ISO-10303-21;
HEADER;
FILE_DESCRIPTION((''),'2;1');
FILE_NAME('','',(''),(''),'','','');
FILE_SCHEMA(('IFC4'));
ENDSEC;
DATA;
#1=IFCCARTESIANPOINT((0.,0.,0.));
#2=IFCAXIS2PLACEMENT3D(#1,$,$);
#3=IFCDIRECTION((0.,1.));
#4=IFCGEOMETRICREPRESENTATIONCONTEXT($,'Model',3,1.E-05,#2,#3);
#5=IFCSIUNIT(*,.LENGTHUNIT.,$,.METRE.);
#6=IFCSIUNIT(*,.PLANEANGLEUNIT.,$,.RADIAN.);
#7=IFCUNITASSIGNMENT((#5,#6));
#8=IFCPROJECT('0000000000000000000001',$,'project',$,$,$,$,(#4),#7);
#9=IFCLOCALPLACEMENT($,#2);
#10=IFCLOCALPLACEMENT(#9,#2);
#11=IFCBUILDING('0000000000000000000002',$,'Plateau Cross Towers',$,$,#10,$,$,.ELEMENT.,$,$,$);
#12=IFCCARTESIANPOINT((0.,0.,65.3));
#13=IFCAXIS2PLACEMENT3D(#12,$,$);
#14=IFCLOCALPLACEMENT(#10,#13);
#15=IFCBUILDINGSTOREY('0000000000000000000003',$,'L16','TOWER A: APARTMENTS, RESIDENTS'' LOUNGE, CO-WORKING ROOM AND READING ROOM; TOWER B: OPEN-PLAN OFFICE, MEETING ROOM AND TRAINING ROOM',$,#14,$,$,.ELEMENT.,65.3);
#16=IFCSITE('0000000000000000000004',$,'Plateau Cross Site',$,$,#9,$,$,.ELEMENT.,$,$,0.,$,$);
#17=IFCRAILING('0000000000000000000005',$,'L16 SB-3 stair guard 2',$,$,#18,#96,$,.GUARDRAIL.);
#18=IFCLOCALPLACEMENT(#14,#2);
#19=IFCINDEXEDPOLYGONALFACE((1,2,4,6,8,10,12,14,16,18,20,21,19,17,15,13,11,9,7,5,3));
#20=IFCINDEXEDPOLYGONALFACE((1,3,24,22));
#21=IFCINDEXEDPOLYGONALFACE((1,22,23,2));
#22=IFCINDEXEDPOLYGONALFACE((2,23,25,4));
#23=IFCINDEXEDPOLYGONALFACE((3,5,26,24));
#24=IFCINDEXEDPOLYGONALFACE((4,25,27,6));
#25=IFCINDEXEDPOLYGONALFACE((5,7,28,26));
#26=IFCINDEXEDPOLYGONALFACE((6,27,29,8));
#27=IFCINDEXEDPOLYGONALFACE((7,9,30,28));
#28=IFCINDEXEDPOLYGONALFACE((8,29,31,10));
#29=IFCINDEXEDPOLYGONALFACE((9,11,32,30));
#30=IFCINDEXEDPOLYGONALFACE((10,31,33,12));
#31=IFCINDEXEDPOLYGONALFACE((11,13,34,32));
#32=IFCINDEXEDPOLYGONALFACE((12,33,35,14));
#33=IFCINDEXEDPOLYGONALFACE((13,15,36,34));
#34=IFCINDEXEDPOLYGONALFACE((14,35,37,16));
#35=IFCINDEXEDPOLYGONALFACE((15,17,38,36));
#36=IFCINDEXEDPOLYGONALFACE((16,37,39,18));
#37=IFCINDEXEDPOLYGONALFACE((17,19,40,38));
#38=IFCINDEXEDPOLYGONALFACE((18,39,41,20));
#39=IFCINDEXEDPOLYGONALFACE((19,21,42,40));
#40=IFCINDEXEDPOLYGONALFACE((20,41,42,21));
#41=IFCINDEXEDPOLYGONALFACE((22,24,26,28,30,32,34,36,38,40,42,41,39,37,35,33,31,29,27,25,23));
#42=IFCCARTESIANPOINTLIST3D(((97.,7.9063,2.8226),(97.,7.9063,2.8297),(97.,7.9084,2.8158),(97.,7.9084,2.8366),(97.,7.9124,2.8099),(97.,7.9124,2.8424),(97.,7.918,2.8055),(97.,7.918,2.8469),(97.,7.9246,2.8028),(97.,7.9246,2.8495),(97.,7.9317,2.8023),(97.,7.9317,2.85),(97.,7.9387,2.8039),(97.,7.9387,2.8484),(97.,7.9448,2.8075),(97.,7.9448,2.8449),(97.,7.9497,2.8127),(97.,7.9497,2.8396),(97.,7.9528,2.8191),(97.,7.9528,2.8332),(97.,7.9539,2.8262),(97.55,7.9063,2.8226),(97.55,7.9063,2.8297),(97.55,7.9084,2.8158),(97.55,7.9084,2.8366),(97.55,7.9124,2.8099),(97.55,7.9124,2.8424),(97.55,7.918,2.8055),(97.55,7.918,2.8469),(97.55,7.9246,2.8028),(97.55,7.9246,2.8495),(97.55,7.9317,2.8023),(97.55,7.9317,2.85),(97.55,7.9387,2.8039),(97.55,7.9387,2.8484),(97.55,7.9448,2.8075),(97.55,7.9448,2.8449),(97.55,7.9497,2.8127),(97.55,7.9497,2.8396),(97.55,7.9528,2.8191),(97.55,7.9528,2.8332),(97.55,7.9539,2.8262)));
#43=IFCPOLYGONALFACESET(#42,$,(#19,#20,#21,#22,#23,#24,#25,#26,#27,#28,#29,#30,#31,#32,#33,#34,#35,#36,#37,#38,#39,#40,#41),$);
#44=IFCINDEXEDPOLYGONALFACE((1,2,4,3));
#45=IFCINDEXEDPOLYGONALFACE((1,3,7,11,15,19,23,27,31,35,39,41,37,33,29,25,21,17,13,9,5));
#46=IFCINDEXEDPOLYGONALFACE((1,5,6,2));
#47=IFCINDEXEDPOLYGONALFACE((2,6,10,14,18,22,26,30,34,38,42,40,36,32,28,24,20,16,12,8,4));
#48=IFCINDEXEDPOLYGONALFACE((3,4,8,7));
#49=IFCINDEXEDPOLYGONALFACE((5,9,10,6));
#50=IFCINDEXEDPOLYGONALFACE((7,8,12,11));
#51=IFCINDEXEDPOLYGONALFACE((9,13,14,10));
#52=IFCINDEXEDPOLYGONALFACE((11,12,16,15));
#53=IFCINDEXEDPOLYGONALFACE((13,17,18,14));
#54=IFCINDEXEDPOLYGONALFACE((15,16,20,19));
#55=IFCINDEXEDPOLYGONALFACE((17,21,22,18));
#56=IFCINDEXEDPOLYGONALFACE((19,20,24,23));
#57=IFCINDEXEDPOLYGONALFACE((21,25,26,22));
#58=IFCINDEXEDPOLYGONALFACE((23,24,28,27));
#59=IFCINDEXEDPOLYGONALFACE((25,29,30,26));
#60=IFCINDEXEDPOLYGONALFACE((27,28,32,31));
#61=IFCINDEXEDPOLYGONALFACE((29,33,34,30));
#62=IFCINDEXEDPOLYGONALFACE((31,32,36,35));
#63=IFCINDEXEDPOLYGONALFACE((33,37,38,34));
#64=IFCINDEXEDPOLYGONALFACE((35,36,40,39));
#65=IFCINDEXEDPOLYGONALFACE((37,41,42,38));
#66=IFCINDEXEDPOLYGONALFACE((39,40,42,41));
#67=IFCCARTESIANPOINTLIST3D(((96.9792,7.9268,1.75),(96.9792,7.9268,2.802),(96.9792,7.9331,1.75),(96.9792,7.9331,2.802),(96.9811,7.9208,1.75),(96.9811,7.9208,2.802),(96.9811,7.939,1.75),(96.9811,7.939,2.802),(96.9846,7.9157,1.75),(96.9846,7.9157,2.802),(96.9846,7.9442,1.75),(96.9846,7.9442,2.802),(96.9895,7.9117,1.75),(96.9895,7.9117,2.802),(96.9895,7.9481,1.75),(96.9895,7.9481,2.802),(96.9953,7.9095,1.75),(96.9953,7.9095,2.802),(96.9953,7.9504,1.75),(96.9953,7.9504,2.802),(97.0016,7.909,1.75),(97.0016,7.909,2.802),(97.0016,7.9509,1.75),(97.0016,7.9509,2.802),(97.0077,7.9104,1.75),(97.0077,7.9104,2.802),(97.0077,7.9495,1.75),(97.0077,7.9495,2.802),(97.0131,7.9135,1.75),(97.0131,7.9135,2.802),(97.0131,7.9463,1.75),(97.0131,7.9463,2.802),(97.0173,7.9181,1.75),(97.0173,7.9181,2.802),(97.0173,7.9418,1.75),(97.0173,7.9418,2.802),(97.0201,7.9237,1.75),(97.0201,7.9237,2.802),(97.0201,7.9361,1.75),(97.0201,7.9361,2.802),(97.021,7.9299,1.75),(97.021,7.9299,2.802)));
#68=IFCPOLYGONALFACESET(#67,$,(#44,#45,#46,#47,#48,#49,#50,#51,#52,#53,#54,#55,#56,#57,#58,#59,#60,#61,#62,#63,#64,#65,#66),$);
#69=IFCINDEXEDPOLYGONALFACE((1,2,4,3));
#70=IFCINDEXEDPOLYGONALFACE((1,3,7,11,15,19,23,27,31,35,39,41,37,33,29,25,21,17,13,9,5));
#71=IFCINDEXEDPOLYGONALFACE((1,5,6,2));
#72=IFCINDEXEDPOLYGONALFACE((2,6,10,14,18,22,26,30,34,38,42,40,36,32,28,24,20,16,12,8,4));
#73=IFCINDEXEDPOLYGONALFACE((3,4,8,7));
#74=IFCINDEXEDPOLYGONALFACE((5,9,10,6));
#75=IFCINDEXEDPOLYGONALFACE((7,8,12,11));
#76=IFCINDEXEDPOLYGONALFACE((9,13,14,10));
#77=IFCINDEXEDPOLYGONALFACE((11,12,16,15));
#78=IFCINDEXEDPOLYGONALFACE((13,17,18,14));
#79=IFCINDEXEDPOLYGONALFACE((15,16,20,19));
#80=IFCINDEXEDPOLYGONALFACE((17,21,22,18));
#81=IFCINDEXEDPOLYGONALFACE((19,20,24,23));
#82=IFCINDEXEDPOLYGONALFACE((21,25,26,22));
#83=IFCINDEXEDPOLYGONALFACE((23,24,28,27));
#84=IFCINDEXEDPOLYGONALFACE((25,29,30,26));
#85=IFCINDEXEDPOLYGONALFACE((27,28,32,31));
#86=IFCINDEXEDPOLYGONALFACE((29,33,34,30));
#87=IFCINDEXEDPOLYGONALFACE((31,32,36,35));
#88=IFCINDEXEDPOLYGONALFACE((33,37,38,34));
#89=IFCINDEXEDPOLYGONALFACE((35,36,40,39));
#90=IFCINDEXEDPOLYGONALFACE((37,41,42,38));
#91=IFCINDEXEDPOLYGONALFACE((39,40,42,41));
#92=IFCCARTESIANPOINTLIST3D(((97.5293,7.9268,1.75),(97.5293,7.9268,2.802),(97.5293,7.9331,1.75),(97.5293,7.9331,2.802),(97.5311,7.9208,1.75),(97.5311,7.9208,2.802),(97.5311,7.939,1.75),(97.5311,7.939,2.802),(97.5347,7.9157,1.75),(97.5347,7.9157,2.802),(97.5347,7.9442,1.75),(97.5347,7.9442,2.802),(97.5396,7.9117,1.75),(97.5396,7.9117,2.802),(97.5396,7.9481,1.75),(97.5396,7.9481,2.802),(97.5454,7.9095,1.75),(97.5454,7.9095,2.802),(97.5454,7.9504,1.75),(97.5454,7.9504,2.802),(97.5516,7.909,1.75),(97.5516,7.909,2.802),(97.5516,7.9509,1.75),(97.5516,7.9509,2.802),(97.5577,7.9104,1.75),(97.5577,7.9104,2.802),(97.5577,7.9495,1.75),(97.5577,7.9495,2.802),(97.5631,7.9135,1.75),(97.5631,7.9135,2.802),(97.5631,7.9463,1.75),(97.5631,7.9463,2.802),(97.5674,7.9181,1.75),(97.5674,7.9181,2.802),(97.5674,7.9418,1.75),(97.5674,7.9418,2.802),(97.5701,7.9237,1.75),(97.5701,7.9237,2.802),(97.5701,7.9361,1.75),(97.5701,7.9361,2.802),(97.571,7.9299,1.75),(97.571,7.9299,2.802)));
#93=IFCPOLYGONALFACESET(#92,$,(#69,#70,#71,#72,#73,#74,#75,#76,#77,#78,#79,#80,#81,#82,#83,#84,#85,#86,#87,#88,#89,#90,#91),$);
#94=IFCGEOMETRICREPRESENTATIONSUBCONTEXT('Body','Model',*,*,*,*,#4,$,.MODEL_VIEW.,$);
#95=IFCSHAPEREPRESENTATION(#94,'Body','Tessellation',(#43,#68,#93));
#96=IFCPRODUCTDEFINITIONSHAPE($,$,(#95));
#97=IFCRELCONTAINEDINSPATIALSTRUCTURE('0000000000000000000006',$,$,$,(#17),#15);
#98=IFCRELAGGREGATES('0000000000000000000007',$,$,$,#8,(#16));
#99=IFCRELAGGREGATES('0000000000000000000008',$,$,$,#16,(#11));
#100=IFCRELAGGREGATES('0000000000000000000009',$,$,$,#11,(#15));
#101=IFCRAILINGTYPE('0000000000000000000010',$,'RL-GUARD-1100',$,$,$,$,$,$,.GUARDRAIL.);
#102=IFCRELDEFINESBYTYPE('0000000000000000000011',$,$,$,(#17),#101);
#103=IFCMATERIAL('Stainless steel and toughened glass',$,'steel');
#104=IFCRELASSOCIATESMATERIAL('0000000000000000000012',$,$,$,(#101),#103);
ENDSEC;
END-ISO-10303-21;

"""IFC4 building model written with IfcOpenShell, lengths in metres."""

from ifc_helpers import new_model, si_unit, direction, frame, origin, origin_2d, place, context, subcontext, project, spatial, circle, extrude, material, type_object, element, save


model = new_model("IFC4")

# Units and contexts
model_context = context("Model", 3, precision=1e-05, world=origin(), true_north=direction((0.0, 1.0)))
body_context = subcontext(model_context, "Body", "Model", "MODEL_VIEW")
ifc_project = project(units=[si_unit("LENGTHUNIT", "METRE"), si_unit("PLANEANGLEUNIT", "RADIAN")], contexts=[model_context])

# Site, building, storey
site_placement = place(None, origin())
site = spatial("IfcSite", under=ifc_project, at=site_placement, Name="Plateau Cross Site", CompositionType="ELEMENT", RefElevation=0.0)
building_placement = place(site_placement, origin())
building = spatial("IfcBuilding", under=site, at=building_placement, Name="Plateau Cross Towers", CompositionType="ELEMENT")
storey_placement = place(building_placement, frame((0.0, 0.0, 65.3)))
storey = spatial("IfcBuildingStorey", under=building, at=storey_placement, Name="L16", Description="TOWER A: APARTMENTS, RESIDENTS' LOUNGE, CO-WORKING ROOM AND READING ROOM; TOWER B: OPEN-PLAN OFFICE, MEETING ROOM AND TRAINING ROOM", CompositionType="ELEMENT", Elevation=65.3)

# Railing
ifc_material_1 = material(Name="Stainless steel and toughened glass", Category="steel")
railing_type_1 = type_object("IfcRailingType", Name="RL-GUARD-1100", PredefinedType="GUARDRAIL", material=ifc_material_1)
railing_1_placement = place(storey_placement, frame((97.0, 7.9299, 1.75)))
element("IfcRailing", 1, at=railing_1_placement, inside=storey, type_object=railing_type_1, Name="L16 SB-3 stair guard 2", PredefinedType="GUARDRAIL", context=body_context, shape_type="SweptSolid", body=[
    extrude(circle(Radius=0.0239, at=origin_2d()), frame((0.0, 0.0, 1.0762), z_axis=(1.0, 0.0, 0.0), x_axis=(0.0, 1.0, 0.0)), (0.0, 0.0, 1.0), 0.55),
    extrude(circle(Radius=0.021, at=origin_2d()), origin(), (0.0, 0.0, 1.0), 1.052),
    extrude(circle(Radius=0.021, at=origin_2d()), frame((0.55, 0.0, 0.0)), (0.0, 0.0, 1.0), 1.052),
])

save(model, "model.ifc")
